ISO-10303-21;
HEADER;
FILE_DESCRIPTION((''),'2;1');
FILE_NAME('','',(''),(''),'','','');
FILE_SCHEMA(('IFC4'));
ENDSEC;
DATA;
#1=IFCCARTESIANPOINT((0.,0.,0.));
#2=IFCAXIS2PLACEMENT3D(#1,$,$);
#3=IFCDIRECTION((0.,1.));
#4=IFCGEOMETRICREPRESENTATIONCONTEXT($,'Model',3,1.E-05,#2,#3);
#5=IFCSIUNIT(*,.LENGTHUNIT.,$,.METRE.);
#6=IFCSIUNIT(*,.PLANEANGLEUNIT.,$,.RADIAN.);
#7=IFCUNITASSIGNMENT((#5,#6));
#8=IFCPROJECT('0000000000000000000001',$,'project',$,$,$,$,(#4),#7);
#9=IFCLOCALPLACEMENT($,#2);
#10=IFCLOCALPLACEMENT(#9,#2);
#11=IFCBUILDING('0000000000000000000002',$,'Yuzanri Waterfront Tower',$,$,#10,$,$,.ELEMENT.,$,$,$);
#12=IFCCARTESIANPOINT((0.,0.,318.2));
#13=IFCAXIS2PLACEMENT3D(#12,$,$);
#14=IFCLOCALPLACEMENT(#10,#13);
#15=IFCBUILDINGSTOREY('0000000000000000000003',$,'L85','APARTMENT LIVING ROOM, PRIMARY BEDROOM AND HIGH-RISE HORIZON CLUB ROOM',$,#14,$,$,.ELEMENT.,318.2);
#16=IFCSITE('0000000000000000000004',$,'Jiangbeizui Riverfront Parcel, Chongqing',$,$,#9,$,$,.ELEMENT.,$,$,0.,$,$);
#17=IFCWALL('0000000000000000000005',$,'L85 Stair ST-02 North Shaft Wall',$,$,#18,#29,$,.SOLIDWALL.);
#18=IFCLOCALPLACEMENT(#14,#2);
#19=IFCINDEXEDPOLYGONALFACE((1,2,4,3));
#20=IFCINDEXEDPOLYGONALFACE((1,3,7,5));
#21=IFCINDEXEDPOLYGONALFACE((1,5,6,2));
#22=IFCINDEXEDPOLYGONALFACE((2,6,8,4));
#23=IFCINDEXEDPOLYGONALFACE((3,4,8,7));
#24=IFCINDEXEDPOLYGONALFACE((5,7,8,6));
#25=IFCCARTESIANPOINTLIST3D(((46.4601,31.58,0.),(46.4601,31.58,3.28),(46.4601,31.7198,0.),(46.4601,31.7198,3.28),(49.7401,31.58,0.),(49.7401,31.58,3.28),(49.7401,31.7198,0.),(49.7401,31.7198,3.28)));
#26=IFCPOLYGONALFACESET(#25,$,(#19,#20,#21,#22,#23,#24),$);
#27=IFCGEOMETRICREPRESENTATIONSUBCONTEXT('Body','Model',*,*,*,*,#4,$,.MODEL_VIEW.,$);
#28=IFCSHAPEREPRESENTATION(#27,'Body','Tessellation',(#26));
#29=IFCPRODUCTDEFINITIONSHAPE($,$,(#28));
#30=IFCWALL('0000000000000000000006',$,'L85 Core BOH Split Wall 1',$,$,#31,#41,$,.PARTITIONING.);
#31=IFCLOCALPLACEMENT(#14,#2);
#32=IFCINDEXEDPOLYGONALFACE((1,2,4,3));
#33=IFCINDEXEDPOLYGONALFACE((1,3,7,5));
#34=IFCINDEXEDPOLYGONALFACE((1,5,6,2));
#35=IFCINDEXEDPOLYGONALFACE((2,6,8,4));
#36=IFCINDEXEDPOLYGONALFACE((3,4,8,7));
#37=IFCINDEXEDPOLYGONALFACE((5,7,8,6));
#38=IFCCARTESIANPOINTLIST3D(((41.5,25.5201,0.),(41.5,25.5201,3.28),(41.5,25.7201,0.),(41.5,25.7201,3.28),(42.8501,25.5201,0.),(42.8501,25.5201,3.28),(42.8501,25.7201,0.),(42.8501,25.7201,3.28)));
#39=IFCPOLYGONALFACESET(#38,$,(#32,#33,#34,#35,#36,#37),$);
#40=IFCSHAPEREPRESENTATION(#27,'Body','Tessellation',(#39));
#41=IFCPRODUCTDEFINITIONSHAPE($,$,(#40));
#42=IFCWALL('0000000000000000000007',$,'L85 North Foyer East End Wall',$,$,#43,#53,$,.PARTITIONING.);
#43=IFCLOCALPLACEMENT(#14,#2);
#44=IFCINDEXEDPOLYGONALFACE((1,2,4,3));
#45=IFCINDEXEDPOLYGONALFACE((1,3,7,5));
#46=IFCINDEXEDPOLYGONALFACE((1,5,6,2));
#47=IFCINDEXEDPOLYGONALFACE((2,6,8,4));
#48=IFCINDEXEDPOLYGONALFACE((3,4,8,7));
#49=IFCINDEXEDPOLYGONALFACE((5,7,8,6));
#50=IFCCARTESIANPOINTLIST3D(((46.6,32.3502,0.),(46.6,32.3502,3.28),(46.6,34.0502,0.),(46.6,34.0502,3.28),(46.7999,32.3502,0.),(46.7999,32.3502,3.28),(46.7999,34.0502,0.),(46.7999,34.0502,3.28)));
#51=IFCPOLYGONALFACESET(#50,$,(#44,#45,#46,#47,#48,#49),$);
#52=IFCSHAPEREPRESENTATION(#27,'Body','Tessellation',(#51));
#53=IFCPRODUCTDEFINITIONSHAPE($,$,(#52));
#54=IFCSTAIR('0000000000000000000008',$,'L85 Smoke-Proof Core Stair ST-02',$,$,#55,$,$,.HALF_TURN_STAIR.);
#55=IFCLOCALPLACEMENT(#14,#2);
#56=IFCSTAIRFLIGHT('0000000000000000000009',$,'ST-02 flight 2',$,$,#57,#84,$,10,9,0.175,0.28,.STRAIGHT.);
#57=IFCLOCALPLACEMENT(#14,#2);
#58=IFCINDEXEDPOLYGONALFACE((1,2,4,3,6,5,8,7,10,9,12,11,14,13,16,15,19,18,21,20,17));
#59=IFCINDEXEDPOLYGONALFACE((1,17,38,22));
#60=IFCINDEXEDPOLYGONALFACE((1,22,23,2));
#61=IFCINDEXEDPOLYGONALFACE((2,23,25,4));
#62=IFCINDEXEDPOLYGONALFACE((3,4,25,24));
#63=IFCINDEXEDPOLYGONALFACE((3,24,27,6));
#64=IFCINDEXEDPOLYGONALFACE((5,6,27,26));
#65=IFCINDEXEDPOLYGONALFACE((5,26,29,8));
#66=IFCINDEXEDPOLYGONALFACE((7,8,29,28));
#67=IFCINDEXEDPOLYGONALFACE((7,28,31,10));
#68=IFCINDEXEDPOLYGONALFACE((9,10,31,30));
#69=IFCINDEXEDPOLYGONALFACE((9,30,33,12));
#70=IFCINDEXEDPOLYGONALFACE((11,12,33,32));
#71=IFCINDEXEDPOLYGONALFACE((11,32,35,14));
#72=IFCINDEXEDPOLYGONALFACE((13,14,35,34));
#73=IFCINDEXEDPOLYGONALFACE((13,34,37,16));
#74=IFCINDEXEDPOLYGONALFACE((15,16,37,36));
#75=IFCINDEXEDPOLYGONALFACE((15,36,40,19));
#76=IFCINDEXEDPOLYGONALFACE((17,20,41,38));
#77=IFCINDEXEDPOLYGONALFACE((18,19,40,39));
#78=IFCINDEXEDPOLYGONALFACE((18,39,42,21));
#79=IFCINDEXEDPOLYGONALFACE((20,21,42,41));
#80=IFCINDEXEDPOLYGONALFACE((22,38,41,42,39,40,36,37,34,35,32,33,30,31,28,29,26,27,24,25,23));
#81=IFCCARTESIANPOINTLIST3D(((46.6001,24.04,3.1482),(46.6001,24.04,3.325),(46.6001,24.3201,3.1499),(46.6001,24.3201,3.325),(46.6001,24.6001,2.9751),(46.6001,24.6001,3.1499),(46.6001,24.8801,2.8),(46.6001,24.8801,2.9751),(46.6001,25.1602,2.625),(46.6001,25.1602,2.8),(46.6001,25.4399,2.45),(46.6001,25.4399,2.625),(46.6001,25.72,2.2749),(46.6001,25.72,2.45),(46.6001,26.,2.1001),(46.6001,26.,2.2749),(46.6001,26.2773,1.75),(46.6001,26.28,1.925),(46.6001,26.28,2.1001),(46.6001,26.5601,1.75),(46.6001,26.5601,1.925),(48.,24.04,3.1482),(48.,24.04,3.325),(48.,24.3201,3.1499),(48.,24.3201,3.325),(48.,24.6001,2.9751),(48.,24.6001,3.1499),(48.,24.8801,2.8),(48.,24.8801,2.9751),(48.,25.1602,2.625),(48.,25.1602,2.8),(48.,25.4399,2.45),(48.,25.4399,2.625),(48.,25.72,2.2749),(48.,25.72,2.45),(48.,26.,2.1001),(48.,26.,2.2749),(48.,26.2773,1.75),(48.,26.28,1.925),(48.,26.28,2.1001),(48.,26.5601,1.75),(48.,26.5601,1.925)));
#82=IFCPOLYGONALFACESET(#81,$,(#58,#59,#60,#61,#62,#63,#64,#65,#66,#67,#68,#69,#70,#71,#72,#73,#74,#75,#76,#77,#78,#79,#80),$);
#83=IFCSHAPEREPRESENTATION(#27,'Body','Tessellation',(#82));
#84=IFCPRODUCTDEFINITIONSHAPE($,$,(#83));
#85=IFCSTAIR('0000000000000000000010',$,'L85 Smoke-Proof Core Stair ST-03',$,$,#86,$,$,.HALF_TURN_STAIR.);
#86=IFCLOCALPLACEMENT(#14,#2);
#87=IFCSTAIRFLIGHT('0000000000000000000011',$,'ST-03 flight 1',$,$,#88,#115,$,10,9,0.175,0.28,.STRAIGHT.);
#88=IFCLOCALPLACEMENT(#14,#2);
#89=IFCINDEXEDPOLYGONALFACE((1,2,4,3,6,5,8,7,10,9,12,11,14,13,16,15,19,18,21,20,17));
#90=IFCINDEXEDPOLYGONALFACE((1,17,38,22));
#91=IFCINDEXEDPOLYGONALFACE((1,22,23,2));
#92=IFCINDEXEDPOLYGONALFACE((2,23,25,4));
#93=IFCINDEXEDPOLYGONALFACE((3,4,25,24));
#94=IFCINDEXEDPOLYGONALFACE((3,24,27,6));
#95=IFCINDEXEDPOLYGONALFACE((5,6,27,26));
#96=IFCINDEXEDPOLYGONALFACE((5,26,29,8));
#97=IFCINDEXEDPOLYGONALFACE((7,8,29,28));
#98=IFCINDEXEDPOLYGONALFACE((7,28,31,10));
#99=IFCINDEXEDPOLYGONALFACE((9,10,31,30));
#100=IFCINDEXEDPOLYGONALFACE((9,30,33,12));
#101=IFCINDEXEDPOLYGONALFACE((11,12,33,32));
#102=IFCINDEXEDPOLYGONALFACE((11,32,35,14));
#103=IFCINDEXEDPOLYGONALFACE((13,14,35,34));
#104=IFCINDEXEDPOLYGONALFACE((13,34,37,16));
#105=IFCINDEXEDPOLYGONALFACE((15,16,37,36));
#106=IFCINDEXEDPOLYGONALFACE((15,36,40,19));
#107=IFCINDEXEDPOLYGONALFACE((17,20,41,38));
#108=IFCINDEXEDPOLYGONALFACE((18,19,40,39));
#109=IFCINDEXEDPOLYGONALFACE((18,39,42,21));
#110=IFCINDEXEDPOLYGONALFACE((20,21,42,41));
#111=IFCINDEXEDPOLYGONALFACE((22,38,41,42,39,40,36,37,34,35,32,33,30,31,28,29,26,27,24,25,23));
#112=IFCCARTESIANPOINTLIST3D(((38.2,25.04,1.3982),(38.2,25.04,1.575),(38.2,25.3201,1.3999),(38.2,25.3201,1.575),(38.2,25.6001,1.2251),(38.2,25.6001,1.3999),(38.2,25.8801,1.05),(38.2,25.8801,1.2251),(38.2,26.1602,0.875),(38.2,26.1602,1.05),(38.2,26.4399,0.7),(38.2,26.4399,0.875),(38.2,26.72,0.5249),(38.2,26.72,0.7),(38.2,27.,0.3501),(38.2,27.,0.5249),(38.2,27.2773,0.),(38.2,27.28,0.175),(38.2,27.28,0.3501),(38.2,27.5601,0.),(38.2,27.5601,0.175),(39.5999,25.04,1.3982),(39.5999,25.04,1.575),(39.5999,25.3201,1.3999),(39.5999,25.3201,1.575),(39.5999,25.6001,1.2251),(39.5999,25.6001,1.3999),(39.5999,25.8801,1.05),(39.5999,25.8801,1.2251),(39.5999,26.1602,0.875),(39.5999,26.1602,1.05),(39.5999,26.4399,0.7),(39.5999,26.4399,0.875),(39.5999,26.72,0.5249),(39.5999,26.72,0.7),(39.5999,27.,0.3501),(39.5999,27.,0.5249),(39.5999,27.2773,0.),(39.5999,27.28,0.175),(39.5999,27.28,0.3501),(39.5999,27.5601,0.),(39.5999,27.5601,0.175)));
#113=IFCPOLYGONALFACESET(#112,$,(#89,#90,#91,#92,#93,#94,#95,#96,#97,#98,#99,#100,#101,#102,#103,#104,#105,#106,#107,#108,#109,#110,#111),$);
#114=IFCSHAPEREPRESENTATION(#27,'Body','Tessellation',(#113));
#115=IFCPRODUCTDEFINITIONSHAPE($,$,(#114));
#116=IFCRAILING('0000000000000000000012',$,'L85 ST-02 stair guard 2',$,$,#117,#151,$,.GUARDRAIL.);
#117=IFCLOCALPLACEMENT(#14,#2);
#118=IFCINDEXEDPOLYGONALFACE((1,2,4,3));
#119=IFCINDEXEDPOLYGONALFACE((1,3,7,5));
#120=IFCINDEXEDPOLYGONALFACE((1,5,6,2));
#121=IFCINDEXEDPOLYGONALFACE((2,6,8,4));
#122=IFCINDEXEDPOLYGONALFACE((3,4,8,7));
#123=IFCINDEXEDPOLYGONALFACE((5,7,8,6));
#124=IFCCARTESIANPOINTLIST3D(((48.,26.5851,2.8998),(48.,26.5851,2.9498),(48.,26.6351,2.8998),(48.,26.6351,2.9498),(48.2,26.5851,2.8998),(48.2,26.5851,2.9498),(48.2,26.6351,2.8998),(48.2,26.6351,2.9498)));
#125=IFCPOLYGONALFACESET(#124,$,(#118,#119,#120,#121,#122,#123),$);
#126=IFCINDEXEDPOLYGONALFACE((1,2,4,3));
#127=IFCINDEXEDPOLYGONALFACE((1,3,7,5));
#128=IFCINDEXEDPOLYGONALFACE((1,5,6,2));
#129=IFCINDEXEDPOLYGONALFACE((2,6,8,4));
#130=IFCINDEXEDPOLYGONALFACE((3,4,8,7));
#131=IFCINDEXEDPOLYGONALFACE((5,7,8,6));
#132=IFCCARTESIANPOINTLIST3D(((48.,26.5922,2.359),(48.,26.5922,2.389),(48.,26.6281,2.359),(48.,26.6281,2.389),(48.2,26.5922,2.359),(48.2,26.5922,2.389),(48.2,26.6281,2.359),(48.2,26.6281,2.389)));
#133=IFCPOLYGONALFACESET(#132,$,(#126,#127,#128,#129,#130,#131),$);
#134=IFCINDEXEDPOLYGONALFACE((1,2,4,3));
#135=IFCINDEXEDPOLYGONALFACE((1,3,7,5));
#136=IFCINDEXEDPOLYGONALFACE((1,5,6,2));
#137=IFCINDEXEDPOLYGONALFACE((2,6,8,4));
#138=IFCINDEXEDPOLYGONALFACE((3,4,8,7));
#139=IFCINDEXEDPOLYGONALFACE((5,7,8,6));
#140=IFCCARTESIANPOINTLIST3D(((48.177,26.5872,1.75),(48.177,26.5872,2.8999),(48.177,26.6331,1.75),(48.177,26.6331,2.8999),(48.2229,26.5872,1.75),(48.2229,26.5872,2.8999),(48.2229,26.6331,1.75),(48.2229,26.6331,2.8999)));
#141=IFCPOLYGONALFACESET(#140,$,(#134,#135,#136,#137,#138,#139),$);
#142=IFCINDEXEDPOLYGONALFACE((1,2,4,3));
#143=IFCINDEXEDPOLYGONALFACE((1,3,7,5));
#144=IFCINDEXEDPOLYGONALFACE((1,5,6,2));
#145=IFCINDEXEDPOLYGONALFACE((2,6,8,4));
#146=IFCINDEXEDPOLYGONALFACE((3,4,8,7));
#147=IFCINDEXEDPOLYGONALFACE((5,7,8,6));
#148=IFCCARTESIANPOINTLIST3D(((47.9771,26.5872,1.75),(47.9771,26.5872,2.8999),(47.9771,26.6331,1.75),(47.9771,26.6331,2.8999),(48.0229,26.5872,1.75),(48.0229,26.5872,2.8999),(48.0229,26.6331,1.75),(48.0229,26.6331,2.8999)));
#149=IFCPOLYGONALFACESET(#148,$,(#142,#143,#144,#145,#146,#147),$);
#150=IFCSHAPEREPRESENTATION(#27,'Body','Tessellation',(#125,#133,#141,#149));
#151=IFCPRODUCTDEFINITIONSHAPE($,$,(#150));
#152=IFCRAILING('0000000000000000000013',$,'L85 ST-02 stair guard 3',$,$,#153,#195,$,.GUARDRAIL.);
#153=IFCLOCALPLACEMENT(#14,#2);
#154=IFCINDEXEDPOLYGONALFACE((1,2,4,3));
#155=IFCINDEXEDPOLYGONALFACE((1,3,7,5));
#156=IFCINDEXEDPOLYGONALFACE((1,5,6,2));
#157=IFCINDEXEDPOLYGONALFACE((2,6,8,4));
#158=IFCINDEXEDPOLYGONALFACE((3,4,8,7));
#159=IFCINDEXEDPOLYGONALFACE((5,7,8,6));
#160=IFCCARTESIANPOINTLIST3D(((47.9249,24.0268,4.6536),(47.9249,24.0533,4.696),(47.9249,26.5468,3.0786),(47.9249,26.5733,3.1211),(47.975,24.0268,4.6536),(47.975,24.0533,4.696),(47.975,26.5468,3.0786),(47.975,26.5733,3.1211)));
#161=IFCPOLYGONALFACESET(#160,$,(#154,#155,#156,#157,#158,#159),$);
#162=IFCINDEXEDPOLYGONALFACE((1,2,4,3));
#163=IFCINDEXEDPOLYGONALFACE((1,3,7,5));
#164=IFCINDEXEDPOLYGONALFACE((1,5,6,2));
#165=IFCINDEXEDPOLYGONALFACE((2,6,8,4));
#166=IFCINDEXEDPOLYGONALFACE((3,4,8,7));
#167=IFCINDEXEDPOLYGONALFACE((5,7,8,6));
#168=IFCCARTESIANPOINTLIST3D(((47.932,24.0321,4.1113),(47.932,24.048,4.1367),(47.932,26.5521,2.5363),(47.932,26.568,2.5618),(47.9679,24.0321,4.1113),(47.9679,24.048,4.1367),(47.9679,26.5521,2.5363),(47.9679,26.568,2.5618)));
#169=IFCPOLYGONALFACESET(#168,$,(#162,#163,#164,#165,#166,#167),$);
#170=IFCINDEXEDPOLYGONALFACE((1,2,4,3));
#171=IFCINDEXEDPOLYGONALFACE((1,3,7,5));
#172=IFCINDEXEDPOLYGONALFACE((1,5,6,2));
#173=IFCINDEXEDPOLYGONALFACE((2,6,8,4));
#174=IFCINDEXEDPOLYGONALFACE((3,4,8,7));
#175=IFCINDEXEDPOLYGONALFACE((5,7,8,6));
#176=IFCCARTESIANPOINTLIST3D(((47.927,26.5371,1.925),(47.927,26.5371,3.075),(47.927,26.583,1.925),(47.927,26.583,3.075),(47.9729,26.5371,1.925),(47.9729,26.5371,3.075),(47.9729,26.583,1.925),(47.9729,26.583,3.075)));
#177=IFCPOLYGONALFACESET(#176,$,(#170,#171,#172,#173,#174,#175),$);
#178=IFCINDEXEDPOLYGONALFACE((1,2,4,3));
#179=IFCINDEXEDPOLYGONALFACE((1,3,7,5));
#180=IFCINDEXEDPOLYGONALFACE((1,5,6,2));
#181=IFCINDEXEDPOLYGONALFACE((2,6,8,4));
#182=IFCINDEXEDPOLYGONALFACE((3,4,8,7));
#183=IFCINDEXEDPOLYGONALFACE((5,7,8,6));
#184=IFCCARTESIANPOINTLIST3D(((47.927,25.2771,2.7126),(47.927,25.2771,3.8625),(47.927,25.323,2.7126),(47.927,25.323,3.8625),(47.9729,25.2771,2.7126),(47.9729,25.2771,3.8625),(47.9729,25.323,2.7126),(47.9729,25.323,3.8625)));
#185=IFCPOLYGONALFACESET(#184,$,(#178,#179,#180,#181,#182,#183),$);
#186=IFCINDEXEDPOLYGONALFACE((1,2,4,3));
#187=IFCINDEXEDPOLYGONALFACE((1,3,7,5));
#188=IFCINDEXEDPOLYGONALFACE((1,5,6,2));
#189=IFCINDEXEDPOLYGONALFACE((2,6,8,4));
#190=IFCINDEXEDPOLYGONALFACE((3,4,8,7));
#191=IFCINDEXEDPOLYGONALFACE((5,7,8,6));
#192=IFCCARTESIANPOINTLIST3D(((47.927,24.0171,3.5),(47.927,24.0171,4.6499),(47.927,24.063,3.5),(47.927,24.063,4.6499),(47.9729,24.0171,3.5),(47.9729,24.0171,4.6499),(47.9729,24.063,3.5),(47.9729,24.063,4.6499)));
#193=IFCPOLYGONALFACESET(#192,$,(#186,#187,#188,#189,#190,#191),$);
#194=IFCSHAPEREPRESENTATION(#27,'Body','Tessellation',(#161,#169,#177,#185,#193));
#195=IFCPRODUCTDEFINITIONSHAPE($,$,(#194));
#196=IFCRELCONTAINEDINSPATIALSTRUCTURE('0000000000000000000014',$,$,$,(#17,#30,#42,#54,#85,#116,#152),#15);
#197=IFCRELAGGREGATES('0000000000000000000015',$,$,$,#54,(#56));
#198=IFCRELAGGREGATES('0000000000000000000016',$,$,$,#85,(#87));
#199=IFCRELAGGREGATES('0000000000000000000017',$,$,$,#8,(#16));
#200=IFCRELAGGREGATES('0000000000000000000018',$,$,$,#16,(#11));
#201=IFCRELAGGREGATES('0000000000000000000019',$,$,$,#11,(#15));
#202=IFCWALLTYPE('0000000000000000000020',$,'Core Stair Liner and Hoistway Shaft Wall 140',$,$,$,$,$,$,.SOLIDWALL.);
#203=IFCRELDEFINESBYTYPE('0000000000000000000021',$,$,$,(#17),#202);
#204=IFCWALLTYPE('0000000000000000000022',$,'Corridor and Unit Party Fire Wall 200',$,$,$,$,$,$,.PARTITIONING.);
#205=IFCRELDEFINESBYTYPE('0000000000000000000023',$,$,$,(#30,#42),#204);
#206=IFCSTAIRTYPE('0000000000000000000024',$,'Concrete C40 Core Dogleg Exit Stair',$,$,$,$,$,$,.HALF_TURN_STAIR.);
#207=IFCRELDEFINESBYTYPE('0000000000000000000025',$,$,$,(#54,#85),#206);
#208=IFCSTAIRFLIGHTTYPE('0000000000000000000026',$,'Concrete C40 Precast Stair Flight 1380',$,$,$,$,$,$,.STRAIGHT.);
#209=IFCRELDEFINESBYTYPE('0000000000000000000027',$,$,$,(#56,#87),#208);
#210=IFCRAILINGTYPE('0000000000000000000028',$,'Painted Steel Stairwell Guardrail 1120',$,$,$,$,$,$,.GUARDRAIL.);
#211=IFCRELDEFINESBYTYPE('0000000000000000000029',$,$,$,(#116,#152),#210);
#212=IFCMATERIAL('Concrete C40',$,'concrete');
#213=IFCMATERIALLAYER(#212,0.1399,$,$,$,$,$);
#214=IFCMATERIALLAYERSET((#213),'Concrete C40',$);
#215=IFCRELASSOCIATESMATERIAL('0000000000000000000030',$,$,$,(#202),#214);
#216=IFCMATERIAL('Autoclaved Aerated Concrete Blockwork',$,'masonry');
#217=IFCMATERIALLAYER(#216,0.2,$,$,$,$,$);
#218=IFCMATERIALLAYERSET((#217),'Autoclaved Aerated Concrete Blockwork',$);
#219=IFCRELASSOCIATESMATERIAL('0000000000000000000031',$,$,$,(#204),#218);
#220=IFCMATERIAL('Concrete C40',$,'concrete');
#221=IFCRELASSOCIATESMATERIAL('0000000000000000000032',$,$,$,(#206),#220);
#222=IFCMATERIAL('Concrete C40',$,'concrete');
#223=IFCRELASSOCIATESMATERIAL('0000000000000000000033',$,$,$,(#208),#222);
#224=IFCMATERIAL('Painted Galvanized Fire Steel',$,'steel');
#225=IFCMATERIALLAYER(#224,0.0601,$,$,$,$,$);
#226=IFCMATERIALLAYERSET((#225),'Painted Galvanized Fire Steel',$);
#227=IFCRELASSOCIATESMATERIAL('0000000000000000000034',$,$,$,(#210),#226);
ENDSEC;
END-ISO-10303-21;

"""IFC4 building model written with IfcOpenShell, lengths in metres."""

from ifc_helpers import new_model, si_unit, direction, frame, frame_2d, origin, origin_2d, place, context, subcontext, project, spatial, polyline, rectangle, outline, extrude, source, transform, mapped, material, layer, layer_set, type_object, element, aggregate, save


model = new_model("IFC4")

# Units and contexts
model_context = context("Model", 3, precision=1e-05, world=origin(), true_north=direction((0.0, 1.0)))
body_context = subcontext(model_context, "Body", "Model", "MODEL_VIEW")
ifc_project = project(units=[si_unit("LENGTHUNIT", "METRE"), si_unit("PLANEANGLEUNIT", "RADIAN")], contexts=[model_context])

# Site, building, storey
site_placement = place(None, origin())
site = spatial("IfcSite", under=ifc_project, at=site_placement, Name="Jiangbeizui Riverfront Parcel, Chongqing", CompositionType="ELEMENT", RefElevation=0.0)
building_placement = place(site_placement, origin())
building = spatial("IfcBuilding", under=site, at=building_placement, Name="Yuzanri Waterfront Tower", CompositionType="ELEMENT")
storey_placement = place(building_placement, frame((0.0, 0.0, 318.2)))
storey = spatial("IfcBuildingStorey", under=building, at=storey_placement, Name="L85", Description="APARTMENT LIVING ROOM, PRIMARY BEDROOM AND HIGH-RISE HORIZON CLUB ROOM", CompositionType="ELEMENT", Elevation=318.2)

# Shared definitions
ifc_material_1 = material(Name="Concrete C40", Category="concrete")
ifc_layer_1 = layer(ifc_material_1, 0.1399)
ifc_layer_set_1 = layer_set([ifc_layer_1], Name="Concrete C40")
wall_type_1 = type_object("IfcWallType", Name="Core Stair Liner and Hoistway Shaft Wall 140", PredefinedType="SOLIDWALL", material=ifc_layer_set_1)
ifc_material_2 = material(Name="Autoclaved Aerated Concrete Blockwork", Category="masonry")
ifc_layer_2 = layer(ifc_material_2, 0.2)
ifc_layer_set_2 = layer_set([ifc_layer_2], Name="Autoclaved Aerated Concrete Blockwork")
wall_type_2 = type_object("IfcWallType", Name="Corridor and Unit Party Fire Wall 200", PredefinedType="PARTITIONING", material=ifc_layer_set_2)

# Walls
shared_shape_1 = source(origin(), body_context, "Body", "SweptSolid", [
    extrude(rectangle(XDim=3.28, YDim=0.1399, at=frame_2d((1.6401, 0.0))), origin(), (0.0, 0.0, 1.0), 3.28),
])
wall_1_placement = place(storey_placement, frame((46.46, 31.6499, 0.0), z_axis=(0.0, 0.0, 1.0), x_axis=(1.0, 0.0, 0.0)))
element("IfcWall", 1, at=wall_1_placement, inside=storey, type_object=wall_type_1, Name="L85 Stair ST-02 North Shaft Wall", PredefinedType="SOLIDWALL", context=body_context, shape_type="MappedRepresentation", body=[
    mapped(shared_shape_1, transform((0.0, 0.0, 0.0), scale=1.0)),
])
shared_shape_2 = source(origin(), body_context, "Body", "SweptSolid", [
    extrude(rectangle(XDim=1.3501, YDim=0.2, at=frame_2d((0.675, 0.0))), origin(), (0.0, 0.0, 1.0), 3.28),
])
wall_2_placement = place(storey_placement, frame((41.5, 25.6201, 0.0), z_axis=(0.0, 0.0, 1.0), x_axis=(1.0, 0.0, 0.0)))
element("IfcWall", 2, at=wall_2_placement, inside=storey, type_object=wall_type_2, Name="L85 Core BOH Split Wall 1", PredefinedType="PARTITIONING", context=body_context, shape_type="MappedRepresentation", body=[
    mapped(shared_shape_2, transform((0.0, 0.0, 0.0), scale=1.0)),
])
shared_shape_3 = source(origin(), body_context, "Body", "SweptSolid", [
    extrude(rectangle(XDim=1.7, YDim=0.2, at=frame_2d((0.8501, 0.0))), origin(), (0.0, 0.0, 1.0), 3.28),
])
wall_3_placement = place(storey_placement, frame((46.7, 32.3501, 0.0), z_axis=(0.0, 0.0, 1.0), x_axis=(0.0, 1.0, 0.0)))
element("IfcWall", 3, at=wall_3_placement, inside=storey, type_object=wall_type_2, Name="L85 North Foyer East End Wall", PredefinedType="PARTITIONING", context=body_context, shape_type="MappedRepresentation", body=[
    mapped(shared_shape_3, transform((0.0, 0.0, 0.0), scale=1.0)),
])

# Stairs, stair flights
ifc_material_3 = material(Name="Concrete C40", Category="concrete")
stair_type = type_object("IfcStairType", Name="Concrete C40 Core Dogleg Exit Stair", PredefinedType="HALF_TURN_STAIR", material=ifc_material_3)
stair_1_placement = place(storey_placement, origin())
stair_1 = element("IfcStair", 4, at=stair_1_placement, inside=storey, type_object=stair_type, Name="L85 Smoke-Proof Core Stair ST-02", PredefinedType="HALF_TURN_STAIR")
ifc_material_4 = material(Name="Concrete C40", Category="concrete")
stair_flight_type = type_object("IfcStairFlightType", Name="Concrete C40 Precast Stair Flight 1380", PredefinedType="STRAIGHT", material=ifc_material_4)
shared_shape_4 = source(origin(), body_context, "Body", "SweptSolid", [
    extrude(outline(polyline([(0.0, 0.0), (0.0, 0.175), (0.28, 0.175), (0.28, 0.3501), (0.5601, 0.3501), (0.5601, 0.5249), (0.8401, 0.5249), (0.8401, 0.7), (1.1201, 0.7), (1.1201, 0.875), (1.3999, 0.875), (1.3999, 1.05), (1.6799, 1.05), (1.6799, 1.2251), (1.96, 1.2251), (1.96, 1.3999), (2.24, 1.3999), (2.24, 1.575), (2.52, 1.575), (2.52, 1.75), (2.52, 1.3982), (0.2827, 0.0), (0.0, 0.0)])), frame((0.0, 0.7, 0.0), z_axis=(0.0, -1.0, 0.0), x_axis=(1.0, 0.0, 0.0)), (0.0, 0.0, 1.0), 1.3999),
])
stair_flight_1_placement = place(storey_placement, frame((47.3, 26.5601, 1.75), z_axis=(0.0, 0.0, 1.0), x_axis=(0.0, -1.0, 0.0)))
stair_flight_1 = element("IfcStairFlight", 5, at=stair_flight_1_placement, type_object=stair_flight_type, Name="ST-02 flight 2", NumberOfRisers=10, NumberOfTreads=9, PredefinedType="STRAIGHT", RiserHeight=0.175, TreadLength=0.28, context=body_context, shape_type="MappedRepresentation", body=[
    mapped(shared_shape_4, transform((0.0, 0.0, 0.0), scale=1.0)),
])
aggregate(stair_1, [stair_flight_1])
stair_2_placement = place(storey_placement, origin())
stair_2 = element("IfcStair", 6, at=stair_2_placement, inside=storey, type_object=stair_type, Name="L85 Smoke-Proof Core Stair ST-03", PredefinedType="HALF_TURN_STAIR")
stair_flight_2_placement = place(storey_placement, frame((38.8999, 27.5601, 0.0), z_axis=(0.0, 0.0, 1.0), x_axis=(0.0, -1.0, 0.0)))
stair_flight_2 = element("IfcStairFlight", 7, at=stair_flight_2_placement, type_object=stair_flight_type, Name="ST-03 flight 1", NumberOfRisers=10, NumberOfTreads=9, PredefinedType="STRAIGHT", RiserHeight=0.175, TreadLength=0.28, context=body_context, shape_type="MappedRepresentation", body=[
    mapped(shared_shape_4, transform((0.0, 0.0, 0.0), scale=1.0)),
])
aggregate(stair_2, [stair_flight_2])

# Railings
ifc_material_5 = material(Name="Painted Galvanized Fire Steel", Category="steel")
ifc_layer_3 = layer(ifc_material_5, 0.0601)
ifc_layer_set_3 = layer_set([ifc_layer_3], Name="Painted Galvanized Fire Steel")
railing_type_1 = type_object("IfcRailingType", Name="Painted Steel Stairwell Guardrail 1120", PredefinedType="GUARDRAIL", material=ifc_layer_set_3)
shared_shape_5 = source(origin(), body_context, "Body", "SweptSolid", [
    extrude(rectangle(XDim=0.05, YDim=0.05, at=origin_2d()), frame((0.0, 0.0, 1.1748), z_axis=(-1.0, 0.0, 0.0), x_axis=(0.0, -1.0, 0.0)), (0.0, 0.0, 1.0), 0.2),
    extrude(rectangle(XDim=0.0359, YDim=0.03, at=origin_2d()), frame((0.0, 0.0, 0.624), z_axis=(-1.0, 0.0, 0.0), x_axis=(0.0, -1.0, 0.0)), (0.0, 0.0, 1.0), 0.2),
    extrude(rectangle(XDim=0.0459, YDim=0.0459, at=origin_2d()), origin(), (0.0, 0.0, 1.0), 1.1499),
    extrude(rectangle(XDim=0.0459, YDim=0.0459, at=origin_2d()), frame((-0.2, 0.0, 0.0)), (0.0, 0.0, 1.0), 1.1499),
])
railing_1_placement = place(storey_placement, frame((48.2, 26.6101, 1.75)))
element("IfcRailing", 8, at=railing_1_placement, inside=storey, type_object=railing_type_1, Name="L85 ST-02 stair guard 2", PredefinedType="GUARDRAIL", context=body_context, shape_type="MappedRepresentation", body=[
    mapped(shared_shape_5, transform((0.0, 0.0, 0.0), scale=1.0)),
])
shared_shape_6 = source(origin(), body_context, "Body", "SweptSolid", [
    extrude(rectangle(XDim=0.05, YDim=0.05, at=origin_2d()), frame((0.0, 0.0, 1.1748), z_axis=(0.0, -0.848008, 0.529984), x_axis=(1.0, 0.0, 0.0)), (0.0, 0.0, 1.0), 2.9717),
    extrude(rectangle(XDim=0.0359, YDim=0.03, at=origin_2d()), frame((0.0, 0.0, 0.624), z_axis=(0.0, -0.848008, 0.529984), x_axis=(1.0, 0.0, 0.0)), (0.0, 0.0, 1.0), 2.9717),
    extrude(rectangle(XDim=0.0459, YDim=0.0459, at=origin_2d()), origin(), (0.0, 0.0, 1.0), 1.1499),
    extrude(rectangle(XDim=0.0459, YDim=0.0459, at=origin_2d()), frame((0.0, -1.26, 0.7876)), (0.0, 0.0, 1.0), 1.1499),
    extrude(rectangle(XDim=0.0459, YDim=0.0459, at=origin_2d()), frame((0.0, -2.52, 1.575)), (0.0, 0.0, 1.0), 1.1499),
])
for number, where, name in (
    (9, (47.95, 26.5601, 1.925), "L85 ST-02 stair guard 3"),
):
    element("IfcRailing", number, at=place(storey_placement, frame(where)), inside=storey, type_object=railing_type_1, Name=name, PredefinedType="GUARDRAIL", context=body_context, shape_type="MappedRepresentation", body=[
        mapped(shared_shape_6, transform((0.0, 0.0, 0.0), scale=1.0)),
    ])

save(model, "model.ifc")
